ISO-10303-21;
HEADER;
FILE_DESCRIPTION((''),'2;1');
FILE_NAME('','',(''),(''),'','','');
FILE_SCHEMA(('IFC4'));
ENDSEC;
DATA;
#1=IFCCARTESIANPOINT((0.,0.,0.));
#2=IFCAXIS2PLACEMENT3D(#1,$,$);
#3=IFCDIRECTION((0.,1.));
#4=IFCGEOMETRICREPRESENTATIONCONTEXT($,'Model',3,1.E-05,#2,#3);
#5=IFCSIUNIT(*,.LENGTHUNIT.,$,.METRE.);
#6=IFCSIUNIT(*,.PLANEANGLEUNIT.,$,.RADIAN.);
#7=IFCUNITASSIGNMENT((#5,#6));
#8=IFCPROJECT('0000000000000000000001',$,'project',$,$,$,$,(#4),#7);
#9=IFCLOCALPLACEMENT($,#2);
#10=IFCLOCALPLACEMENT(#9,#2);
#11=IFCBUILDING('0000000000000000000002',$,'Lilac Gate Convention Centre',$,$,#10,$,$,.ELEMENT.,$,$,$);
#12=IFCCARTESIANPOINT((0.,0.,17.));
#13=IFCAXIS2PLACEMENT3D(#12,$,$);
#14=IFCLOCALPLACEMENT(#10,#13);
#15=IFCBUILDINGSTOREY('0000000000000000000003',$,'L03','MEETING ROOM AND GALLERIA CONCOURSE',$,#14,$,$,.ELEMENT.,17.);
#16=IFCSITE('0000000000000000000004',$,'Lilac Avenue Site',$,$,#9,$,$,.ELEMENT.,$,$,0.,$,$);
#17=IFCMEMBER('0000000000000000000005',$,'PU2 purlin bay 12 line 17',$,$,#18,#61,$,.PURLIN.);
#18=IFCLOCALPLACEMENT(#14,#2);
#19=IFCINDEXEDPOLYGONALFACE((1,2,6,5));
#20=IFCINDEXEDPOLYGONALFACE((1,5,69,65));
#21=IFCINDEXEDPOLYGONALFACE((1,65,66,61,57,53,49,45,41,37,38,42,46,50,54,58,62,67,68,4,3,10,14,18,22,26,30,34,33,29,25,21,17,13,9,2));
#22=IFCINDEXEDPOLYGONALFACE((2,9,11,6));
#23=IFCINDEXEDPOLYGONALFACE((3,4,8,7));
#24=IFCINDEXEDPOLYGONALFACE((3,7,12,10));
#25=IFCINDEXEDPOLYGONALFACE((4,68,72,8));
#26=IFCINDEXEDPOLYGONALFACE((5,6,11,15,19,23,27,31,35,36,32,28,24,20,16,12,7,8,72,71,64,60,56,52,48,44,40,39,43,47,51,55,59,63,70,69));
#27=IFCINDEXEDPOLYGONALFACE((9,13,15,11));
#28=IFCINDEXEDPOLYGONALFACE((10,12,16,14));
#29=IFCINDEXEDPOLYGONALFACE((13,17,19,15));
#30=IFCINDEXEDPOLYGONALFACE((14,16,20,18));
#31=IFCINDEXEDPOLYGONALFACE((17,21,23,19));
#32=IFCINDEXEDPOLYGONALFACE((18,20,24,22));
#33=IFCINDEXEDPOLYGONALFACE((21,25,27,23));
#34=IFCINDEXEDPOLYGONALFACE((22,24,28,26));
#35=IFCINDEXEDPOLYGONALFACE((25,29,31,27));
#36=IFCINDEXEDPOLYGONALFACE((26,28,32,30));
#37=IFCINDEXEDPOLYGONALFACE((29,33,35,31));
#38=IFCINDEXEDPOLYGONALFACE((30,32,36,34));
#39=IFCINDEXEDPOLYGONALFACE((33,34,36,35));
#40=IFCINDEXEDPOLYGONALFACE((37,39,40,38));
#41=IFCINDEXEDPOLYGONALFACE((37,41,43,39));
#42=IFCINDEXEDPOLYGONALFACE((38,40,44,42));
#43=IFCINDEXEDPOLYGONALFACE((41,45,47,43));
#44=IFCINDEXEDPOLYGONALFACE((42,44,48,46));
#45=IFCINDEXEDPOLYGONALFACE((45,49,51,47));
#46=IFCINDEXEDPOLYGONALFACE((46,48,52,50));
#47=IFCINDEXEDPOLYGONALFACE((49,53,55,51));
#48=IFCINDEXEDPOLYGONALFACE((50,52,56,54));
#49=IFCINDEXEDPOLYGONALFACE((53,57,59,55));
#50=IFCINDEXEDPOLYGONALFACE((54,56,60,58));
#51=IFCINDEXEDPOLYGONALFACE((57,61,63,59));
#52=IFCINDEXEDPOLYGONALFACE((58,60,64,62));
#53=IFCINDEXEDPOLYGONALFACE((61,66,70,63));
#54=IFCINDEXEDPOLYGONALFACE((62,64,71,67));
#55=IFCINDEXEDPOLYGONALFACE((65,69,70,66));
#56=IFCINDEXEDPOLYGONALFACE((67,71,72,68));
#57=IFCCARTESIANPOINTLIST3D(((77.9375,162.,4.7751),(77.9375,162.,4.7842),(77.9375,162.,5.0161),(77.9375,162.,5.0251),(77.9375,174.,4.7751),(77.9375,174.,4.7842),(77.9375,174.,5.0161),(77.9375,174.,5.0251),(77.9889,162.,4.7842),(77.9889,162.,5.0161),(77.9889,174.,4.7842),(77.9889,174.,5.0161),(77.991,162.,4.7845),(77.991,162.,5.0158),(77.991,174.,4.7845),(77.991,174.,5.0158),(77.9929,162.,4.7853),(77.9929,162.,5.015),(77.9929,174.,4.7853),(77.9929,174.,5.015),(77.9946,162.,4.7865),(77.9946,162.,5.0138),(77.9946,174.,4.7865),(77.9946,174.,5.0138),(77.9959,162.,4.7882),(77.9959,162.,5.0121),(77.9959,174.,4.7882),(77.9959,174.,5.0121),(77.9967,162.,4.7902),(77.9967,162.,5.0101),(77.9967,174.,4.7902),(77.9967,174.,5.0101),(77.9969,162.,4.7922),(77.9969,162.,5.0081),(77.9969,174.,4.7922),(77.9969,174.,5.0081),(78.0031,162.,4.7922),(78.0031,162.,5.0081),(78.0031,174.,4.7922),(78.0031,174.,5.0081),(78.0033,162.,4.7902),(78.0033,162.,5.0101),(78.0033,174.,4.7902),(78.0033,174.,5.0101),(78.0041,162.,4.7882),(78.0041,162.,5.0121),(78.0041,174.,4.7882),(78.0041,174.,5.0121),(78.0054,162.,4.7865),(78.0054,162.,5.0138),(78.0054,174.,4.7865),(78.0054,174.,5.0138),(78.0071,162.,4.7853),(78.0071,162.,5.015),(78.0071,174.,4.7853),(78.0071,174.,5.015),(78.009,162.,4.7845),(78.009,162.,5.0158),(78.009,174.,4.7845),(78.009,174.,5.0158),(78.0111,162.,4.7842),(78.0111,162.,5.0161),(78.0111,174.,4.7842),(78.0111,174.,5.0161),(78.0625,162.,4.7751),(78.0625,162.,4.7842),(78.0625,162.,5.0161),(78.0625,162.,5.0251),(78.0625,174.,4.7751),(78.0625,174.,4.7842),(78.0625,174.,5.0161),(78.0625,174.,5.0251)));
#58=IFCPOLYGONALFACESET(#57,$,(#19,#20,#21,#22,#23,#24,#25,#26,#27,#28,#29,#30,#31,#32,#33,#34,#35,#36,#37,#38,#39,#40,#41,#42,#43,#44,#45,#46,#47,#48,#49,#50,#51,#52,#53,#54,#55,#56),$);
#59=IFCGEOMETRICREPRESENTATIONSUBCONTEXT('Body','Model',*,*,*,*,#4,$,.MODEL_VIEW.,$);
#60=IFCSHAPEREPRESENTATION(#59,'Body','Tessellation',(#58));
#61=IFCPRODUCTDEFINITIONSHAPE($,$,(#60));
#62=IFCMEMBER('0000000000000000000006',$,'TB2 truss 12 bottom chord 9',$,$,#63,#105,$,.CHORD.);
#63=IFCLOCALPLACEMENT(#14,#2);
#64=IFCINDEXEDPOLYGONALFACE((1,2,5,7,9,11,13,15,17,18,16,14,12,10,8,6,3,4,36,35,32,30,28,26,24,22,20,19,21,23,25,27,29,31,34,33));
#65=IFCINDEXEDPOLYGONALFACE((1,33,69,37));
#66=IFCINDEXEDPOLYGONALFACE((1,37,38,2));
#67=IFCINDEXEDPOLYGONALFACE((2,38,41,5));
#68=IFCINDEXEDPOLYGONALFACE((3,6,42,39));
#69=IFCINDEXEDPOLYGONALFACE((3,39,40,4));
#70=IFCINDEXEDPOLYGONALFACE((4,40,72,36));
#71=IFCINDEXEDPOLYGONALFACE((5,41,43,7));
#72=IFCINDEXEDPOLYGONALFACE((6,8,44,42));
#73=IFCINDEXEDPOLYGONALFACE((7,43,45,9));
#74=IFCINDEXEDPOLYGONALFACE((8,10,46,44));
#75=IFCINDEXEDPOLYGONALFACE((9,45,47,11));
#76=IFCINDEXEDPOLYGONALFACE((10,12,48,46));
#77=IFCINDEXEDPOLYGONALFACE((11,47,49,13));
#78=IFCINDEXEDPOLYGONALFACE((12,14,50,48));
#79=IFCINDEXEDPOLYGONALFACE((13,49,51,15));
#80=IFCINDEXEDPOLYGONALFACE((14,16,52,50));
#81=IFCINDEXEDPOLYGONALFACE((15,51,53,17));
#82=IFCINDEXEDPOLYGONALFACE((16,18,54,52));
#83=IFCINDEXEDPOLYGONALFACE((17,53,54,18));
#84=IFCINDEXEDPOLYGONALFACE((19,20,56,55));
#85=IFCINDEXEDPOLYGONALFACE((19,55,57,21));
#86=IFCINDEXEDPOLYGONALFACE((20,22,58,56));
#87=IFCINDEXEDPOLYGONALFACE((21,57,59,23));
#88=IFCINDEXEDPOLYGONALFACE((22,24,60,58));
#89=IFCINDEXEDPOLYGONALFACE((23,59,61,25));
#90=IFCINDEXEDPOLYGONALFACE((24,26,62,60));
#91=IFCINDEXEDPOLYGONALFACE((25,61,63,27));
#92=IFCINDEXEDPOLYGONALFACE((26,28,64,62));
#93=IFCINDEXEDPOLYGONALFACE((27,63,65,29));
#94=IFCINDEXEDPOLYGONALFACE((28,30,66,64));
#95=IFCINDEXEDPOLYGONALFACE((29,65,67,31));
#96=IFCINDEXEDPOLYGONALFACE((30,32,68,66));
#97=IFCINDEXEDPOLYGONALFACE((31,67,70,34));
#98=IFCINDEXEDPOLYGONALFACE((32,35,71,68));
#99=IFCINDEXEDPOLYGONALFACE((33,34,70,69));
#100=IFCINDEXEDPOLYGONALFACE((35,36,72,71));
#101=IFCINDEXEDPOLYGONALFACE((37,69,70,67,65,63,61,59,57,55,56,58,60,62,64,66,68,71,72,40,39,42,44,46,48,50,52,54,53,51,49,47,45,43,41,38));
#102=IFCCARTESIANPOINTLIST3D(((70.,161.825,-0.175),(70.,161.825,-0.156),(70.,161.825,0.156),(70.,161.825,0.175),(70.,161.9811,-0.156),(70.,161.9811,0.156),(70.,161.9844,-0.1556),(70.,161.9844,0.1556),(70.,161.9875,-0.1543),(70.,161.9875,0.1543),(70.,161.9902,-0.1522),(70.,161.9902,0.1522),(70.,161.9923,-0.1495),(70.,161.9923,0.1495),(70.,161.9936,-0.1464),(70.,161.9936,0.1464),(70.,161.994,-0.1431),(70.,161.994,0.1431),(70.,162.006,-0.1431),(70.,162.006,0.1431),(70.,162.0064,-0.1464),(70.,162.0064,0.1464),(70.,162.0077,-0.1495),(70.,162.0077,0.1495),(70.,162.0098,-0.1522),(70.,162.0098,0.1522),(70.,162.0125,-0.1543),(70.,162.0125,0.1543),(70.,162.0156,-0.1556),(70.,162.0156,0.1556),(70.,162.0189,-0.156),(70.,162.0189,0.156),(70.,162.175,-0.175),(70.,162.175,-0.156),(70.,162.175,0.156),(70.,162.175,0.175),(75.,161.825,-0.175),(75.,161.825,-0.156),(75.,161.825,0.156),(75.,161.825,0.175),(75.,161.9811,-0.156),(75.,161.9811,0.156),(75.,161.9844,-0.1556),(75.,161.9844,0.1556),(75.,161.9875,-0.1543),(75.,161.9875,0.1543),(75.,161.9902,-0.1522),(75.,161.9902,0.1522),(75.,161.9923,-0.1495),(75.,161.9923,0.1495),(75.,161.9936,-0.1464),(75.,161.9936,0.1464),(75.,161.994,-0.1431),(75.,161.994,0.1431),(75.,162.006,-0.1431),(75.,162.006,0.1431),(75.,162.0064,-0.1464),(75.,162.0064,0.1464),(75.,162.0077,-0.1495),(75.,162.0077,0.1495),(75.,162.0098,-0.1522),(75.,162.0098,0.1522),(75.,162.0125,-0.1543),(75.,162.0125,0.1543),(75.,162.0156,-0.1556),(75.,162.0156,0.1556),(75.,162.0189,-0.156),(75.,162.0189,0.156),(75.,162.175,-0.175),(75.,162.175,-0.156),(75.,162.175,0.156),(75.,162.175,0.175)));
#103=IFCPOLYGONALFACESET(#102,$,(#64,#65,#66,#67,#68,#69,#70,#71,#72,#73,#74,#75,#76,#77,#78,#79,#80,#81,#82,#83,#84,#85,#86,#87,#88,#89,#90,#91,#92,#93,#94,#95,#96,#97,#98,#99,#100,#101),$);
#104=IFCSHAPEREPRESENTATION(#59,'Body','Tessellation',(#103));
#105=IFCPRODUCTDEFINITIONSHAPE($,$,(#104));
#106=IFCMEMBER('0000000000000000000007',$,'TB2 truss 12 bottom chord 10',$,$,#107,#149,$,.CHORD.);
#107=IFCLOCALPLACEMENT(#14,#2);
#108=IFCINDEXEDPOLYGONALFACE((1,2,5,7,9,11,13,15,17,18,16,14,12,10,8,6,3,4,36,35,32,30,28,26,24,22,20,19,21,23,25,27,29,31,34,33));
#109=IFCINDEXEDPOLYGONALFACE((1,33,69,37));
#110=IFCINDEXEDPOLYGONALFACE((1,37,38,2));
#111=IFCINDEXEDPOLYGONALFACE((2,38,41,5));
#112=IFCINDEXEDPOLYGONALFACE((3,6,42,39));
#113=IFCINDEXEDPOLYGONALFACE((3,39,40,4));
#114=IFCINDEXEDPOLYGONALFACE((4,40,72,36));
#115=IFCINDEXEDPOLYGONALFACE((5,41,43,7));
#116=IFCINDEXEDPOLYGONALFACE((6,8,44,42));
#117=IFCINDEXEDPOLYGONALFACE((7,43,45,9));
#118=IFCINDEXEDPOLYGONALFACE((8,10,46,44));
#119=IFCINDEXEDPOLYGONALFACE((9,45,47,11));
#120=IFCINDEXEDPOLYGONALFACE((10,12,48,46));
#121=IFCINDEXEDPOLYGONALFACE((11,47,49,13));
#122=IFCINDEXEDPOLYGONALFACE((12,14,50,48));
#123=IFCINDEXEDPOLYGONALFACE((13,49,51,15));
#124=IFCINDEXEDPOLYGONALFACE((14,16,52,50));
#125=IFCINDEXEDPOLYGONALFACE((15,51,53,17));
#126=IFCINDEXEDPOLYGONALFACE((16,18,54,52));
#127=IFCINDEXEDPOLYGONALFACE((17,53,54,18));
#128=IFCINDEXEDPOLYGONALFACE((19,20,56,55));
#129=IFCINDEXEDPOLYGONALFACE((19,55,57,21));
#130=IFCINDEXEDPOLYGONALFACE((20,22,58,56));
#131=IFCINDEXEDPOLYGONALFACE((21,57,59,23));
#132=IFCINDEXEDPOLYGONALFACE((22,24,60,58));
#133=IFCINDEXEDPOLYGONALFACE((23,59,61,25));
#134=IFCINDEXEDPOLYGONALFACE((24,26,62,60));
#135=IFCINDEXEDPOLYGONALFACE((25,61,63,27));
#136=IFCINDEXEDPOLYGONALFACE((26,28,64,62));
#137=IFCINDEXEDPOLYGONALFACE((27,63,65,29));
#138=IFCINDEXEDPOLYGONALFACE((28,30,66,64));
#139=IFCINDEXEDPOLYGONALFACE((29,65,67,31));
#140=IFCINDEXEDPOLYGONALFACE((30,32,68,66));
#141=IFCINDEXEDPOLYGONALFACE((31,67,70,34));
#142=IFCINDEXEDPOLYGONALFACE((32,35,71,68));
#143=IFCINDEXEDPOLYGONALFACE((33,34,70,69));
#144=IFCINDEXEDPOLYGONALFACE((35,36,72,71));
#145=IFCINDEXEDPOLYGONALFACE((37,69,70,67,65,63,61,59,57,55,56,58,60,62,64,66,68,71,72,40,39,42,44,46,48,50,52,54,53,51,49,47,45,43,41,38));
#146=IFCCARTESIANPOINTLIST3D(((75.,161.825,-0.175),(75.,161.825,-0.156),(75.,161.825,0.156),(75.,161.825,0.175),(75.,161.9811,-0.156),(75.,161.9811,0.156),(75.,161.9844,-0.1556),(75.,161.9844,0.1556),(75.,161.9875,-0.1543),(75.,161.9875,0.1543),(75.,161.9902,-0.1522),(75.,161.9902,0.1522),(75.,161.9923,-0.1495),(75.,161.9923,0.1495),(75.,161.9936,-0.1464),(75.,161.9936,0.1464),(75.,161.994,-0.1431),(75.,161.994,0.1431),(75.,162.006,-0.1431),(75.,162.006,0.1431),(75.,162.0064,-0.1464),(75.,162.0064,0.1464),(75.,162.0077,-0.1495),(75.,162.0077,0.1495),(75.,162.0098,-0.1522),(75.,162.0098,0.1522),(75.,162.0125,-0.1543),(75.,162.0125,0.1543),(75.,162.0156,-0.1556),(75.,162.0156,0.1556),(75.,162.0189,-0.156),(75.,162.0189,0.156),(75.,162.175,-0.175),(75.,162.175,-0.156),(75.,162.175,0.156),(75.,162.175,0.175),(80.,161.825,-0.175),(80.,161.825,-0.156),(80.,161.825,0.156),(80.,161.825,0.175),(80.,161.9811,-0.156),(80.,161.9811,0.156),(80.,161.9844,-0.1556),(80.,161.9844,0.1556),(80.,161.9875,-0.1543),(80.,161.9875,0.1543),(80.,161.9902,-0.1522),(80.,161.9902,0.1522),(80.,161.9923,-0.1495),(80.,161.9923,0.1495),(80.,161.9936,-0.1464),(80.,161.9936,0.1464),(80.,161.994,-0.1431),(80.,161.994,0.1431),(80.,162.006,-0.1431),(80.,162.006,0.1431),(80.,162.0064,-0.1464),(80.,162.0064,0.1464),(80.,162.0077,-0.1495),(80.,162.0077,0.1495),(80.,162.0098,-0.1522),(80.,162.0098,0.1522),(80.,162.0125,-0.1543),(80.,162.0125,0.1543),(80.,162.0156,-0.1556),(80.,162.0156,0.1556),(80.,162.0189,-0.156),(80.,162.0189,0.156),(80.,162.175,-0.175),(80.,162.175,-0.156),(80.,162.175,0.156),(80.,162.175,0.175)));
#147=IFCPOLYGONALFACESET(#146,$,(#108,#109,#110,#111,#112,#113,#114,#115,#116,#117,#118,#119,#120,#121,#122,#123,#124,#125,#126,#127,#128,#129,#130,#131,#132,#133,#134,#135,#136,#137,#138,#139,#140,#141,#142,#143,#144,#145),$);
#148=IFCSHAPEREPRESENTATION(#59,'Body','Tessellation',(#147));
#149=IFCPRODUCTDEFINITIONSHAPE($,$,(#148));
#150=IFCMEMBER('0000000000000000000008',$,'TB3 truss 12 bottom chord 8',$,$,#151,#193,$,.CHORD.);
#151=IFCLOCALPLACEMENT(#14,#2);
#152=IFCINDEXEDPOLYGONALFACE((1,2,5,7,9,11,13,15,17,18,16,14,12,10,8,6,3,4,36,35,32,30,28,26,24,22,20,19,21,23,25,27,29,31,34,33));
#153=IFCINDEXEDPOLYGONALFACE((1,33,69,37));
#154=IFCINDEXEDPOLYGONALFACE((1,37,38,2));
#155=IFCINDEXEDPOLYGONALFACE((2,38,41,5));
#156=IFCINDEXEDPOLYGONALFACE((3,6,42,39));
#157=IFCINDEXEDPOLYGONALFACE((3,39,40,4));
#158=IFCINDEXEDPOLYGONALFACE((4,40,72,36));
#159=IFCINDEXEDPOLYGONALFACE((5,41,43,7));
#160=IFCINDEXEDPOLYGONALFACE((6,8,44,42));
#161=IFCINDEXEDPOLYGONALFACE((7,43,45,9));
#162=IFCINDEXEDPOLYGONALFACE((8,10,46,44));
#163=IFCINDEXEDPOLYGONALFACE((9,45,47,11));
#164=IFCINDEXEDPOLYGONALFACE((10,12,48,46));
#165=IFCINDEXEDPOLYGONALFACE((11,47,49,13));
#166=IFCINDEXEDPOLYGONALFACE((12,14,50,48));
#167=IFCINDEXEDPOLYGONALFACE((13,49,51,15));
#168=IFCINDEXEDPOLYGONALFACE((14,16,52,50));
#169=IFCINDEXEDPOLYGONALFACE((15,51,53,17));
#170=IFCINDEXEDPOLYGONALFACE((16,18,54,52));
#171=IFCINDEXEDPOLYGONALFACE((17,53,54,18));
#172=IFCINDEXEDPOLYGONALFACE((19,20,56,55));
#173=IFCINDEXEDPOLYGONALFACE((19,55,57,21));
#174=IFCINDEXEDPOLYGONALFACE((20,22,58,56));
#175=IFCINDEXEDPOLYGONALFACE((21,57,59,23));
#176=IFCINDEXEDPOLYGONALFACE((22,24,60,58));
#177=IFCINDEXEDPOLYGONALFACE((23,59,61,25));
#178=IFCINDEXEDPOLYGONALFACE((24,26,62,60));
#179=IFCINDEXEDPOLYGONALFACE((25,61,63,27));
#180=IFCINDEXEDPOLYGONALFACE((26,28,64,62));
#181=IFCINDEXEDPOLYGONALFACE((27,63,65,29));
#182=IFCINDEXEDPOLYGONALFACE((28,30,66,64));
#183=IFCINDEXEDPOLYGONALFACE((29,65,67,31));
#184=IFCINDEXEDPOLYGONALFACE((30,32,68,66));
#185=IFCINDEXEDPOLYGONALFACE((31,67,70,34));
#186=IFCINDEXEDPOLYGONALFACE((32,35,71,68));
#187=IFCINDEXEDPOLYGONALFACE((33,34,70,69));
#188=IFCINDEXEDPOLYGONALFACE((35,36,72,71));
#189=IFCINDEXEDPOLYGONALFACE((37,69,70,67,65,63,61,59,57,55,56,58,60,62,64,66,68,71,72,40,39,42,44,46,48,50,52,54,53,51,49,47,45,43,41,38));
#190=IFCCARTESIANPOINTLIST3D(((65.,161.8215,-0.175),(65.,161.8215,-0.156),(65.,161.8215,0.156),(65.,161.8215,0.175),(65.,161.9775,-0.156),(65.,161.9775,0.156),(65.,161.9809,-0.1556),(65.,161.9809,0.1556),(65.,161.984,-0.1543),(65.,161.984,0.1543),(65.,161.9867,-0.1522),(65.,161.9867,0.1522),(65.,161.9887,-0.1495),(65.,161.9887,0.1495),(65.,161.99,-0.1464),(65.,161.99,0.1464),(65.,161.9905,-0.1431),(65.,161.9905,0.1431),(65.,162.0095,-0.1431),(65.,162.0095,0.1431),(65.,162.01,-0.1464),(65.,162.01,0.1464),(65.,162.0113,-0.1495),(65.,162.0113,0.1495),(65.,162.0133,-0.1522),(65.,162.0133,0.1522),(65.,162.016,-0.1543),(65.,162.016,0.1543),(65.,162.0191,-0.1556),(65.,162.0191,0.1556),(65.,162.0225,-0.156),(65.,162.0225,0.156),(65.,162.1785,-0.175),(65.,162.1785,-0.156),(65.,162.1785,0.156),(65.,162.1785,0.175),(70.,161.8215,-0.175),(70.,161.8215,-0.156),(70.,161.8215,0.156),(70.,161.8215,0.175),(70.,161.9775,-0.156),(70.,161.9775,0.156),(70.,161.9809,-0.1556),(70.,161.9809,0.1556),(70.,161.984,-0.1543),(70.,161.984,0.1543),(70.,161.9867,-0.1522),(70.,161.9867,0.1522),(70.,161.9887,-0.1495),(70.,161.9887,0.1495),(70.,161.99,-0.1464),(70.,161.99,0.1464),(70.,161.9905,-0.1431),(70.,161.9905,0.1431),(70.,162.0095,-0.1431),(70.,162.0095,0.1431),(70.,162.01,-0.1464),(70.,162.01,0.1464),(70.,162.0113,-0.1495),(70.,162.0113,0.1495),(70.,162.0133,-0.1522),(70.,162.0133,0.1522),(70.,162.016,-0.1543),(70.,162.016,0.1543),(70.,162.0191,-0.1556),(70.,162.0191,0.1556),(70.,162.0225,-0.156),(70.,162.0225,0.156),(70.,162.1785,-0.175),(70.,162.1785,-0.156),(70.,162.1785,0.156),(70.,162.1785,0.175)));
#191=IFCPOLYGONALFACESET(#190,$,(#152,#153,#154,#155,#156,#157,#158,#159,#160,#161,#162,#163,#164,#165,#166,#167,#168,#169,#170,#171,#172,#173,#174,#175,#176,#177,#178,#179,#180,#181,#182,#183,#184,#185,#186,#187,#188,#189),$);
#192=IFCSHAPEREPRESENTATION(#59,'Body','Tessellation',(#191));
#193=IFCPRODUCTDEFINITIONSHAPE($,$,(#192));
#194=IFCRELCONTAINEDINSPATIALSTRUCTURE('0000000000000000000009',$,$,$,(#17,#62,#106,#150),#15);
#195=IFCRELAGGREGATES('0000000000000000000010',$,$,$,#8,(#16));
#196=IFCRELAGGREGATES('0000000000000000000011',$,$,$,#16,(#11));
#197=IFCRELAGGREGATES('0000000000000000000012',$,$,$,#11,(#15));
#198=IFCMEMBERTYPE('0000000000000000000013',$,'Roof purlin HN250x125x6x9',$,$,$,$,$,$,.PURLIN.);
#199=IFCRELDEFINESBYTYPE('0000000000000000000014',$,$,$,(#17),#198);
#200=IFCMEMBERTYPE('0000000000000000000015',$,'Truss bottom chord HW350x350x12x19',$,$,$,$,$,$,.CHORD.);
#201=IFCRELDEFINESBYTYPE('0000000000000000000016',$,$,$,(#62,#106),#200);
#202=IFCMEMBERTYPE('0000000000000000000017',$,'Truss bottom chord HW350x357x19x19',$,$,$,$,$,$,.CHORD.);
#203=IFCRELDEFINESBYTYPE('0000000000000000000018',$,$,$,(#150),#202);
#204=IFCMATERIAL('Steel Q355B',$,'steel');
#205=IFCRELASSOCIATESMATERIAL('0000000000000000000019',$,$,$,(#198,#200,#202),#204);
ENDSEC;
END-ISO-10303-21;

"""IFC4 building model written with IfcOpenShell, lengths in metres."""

from ifc_helpers import new_model, si_unit, direction, frame, origin, origin_2d, place, context, subcontext, project, spatial, i_section, extrude, material, material_profile, profile_set, type_object, element, save


model = new_model("IFC4")

# Units and contexts
model_context = context("Model", 3, precision=1e-05, world=origin(), true_north=direction((0.0, 1.0)))
body_context = subcontext(model_context, "Body", "Model", "MODEL_VIEW")
ifc_project = project(units=[si_unit("LENGTHUNIT", "METRE"), si_unit("PLANEANGLEUNIT", "RADIAN")], contexts=[model_context])

# Site, building, storey
site_placement = place(None, origin())
site = spatial("IfcSite", under=ifc_project, at=site_placement, Name="Lilac Avenue Site", CompositionType="ELEMENT", RefElevation=0.0)
building_placement = place(site_placement, origin())
building = spatial("IfcBuilding", under=site, at=building_placement, Name="Lilac Gate Convention Centre", CompositionType="ELEMENT")
storey_placement = place(building_placement, frame((0.0, 0.0, 17.0)))
storey = spatial("IfcBuildingStorey", under=building, at=storey_placement, Name="L03", Description="MEETING ROOM AND GALLERIA CONCOURSE", CompositionType="ELEMENT", Elevation=17.0)

# Members
ifc_material = material(Name="Steel Q355B", Category="steel")
ifc_material_profile_1 = material_profile(ifc_material, i_section(OverallWidth=0.125, OverallDepth=0.25, WebThickness=0.0061, FlangeThickness=0.009, FilletRadius=0.0081, at=origin_2d()), Name="HN250x125x6x9")
ifc_profile_set_1 = profile_set([ifc_material_profile_1], Name="Steel Q355B")
member_type_1 = type_object("IfcMemberType", Name="Roof purlin HN250x125x6x9", PredefinedType="PURLIN", material=ifc_profile_set_1)
for number, where, z_axis, x_axis, name in (
    (1, (78.0, 162.0, 4.9001), (0.0, 1.0, 0.0), (-1.0, 0.0, 0.0), "PU2 purlin bay 12 line 17"),
):
    element("IfcMember", number, at=place(storey_placement, frame(where, z_axis=z_axis, x_axis=x_axis)), inside=storey, type_object=member_type_1, Name=name, PredefinedType="PURLIN", context=body_context, shape_type="SweptSolid", body=[
        extrude(i_section(OverallWidth=0.125, OverallDepth=0.25, WebThickness=0.0061, FlangeThickness=0.009, FilletRadius=0.0081, at=origin_2d()), origin(), (0.0, 0.0, 1.0), 12.0),
    ])
ifc_material_profile_2 = material_profile(ifc_material, i_section(OverallWidth=0.3501, OverallDepth=0.3501, WebThickness=0.012, FlangeThickness=0.019, FilletRadius=0.0129, at=origin_2d()), Name="HW350x350x12x19")
ifc_profile_set_2 = profile_set([ifc_material_profile_2], Name="Steel Q355B")
member_type_2 = type_object("IfcMemberType", Name="Truss bottom chord HW350x350x12x19", PredefinedType="CHORD", material=ifc_profile_set_2)
for number, where, z_axis, x_axis, name in (
    (2, (70.0, 162.0, 0.0), (1.0, 0.0, 0.0), (0.0, 1.0, 0.0), "TB2 truss 12 bottom chord 9"),
    (3, (75.0, 162.0, 0.0), (1.0, 0.0, 0.0), (0.0, 1.0, 0.0), "TB2 truss 12 bottom chord 10"),
):
    element("IfcMember", number, at=place(storey_placement, frame(where, z_axis=z_axis, x_axis=x_axis)), inside=storey, type_object=member_type_2, Name=name, PredefinedType="CHORD", context=body_context, shape_type="SweptSolid", body=[
        extrude(i_section(OverallWidth=0.3501, OverallDepth=0.3501, WebThickness=0.012, FlangeThickness=0.019, FilletRadius=0.0129, at=origin_2d()), origin(), (0.0, 0.0, 1.0), 5.0),
    ])
ifc_material_profile_3 = material_profile(ifc_material, i_section(OverallWidth=0.3569, OverallDepth=0.3501, WebThickness=0.019, FlangeThickness=0.019, FilletRadius=0.0129, at=origin_2d()), Name="HW350x357x19x19")
ifc_profile_set_3 = profile_set([ifc_material_profile_3], Name="Steel Q355B")
member_type_3 = type_object("IfcMemberType", Name="Truss bottom chord HW350x357x19x19", PredefinedType="CHORD", material=ifc_profile_set_3)
member_1_placement = place(storey_placement, frame((65.0, 162.0, 0.0), z_axis=(1.0, 0.0, 0.0), x_axis=(0.0, 1.0, 0.0)))
element("IfcMember", 4, at=member_1_placement, inside=storey, type_object=member_type_3, Name="TB3 truss 12 bottom chord 8", PredefinedType="CHORD", context=body_context, shape_type="SweptSolid", body=[
    extrude(i_section(OverallWidth=0.3569, OverallDepth=0.3501, WebThickness=0.019, FlangeThickness=0.019, FilletRadius=0.0129, at=origin_2d()), origin(), (0.0, 0.0, 1.0), 5.0),
])

save(model, "model.ifc")
